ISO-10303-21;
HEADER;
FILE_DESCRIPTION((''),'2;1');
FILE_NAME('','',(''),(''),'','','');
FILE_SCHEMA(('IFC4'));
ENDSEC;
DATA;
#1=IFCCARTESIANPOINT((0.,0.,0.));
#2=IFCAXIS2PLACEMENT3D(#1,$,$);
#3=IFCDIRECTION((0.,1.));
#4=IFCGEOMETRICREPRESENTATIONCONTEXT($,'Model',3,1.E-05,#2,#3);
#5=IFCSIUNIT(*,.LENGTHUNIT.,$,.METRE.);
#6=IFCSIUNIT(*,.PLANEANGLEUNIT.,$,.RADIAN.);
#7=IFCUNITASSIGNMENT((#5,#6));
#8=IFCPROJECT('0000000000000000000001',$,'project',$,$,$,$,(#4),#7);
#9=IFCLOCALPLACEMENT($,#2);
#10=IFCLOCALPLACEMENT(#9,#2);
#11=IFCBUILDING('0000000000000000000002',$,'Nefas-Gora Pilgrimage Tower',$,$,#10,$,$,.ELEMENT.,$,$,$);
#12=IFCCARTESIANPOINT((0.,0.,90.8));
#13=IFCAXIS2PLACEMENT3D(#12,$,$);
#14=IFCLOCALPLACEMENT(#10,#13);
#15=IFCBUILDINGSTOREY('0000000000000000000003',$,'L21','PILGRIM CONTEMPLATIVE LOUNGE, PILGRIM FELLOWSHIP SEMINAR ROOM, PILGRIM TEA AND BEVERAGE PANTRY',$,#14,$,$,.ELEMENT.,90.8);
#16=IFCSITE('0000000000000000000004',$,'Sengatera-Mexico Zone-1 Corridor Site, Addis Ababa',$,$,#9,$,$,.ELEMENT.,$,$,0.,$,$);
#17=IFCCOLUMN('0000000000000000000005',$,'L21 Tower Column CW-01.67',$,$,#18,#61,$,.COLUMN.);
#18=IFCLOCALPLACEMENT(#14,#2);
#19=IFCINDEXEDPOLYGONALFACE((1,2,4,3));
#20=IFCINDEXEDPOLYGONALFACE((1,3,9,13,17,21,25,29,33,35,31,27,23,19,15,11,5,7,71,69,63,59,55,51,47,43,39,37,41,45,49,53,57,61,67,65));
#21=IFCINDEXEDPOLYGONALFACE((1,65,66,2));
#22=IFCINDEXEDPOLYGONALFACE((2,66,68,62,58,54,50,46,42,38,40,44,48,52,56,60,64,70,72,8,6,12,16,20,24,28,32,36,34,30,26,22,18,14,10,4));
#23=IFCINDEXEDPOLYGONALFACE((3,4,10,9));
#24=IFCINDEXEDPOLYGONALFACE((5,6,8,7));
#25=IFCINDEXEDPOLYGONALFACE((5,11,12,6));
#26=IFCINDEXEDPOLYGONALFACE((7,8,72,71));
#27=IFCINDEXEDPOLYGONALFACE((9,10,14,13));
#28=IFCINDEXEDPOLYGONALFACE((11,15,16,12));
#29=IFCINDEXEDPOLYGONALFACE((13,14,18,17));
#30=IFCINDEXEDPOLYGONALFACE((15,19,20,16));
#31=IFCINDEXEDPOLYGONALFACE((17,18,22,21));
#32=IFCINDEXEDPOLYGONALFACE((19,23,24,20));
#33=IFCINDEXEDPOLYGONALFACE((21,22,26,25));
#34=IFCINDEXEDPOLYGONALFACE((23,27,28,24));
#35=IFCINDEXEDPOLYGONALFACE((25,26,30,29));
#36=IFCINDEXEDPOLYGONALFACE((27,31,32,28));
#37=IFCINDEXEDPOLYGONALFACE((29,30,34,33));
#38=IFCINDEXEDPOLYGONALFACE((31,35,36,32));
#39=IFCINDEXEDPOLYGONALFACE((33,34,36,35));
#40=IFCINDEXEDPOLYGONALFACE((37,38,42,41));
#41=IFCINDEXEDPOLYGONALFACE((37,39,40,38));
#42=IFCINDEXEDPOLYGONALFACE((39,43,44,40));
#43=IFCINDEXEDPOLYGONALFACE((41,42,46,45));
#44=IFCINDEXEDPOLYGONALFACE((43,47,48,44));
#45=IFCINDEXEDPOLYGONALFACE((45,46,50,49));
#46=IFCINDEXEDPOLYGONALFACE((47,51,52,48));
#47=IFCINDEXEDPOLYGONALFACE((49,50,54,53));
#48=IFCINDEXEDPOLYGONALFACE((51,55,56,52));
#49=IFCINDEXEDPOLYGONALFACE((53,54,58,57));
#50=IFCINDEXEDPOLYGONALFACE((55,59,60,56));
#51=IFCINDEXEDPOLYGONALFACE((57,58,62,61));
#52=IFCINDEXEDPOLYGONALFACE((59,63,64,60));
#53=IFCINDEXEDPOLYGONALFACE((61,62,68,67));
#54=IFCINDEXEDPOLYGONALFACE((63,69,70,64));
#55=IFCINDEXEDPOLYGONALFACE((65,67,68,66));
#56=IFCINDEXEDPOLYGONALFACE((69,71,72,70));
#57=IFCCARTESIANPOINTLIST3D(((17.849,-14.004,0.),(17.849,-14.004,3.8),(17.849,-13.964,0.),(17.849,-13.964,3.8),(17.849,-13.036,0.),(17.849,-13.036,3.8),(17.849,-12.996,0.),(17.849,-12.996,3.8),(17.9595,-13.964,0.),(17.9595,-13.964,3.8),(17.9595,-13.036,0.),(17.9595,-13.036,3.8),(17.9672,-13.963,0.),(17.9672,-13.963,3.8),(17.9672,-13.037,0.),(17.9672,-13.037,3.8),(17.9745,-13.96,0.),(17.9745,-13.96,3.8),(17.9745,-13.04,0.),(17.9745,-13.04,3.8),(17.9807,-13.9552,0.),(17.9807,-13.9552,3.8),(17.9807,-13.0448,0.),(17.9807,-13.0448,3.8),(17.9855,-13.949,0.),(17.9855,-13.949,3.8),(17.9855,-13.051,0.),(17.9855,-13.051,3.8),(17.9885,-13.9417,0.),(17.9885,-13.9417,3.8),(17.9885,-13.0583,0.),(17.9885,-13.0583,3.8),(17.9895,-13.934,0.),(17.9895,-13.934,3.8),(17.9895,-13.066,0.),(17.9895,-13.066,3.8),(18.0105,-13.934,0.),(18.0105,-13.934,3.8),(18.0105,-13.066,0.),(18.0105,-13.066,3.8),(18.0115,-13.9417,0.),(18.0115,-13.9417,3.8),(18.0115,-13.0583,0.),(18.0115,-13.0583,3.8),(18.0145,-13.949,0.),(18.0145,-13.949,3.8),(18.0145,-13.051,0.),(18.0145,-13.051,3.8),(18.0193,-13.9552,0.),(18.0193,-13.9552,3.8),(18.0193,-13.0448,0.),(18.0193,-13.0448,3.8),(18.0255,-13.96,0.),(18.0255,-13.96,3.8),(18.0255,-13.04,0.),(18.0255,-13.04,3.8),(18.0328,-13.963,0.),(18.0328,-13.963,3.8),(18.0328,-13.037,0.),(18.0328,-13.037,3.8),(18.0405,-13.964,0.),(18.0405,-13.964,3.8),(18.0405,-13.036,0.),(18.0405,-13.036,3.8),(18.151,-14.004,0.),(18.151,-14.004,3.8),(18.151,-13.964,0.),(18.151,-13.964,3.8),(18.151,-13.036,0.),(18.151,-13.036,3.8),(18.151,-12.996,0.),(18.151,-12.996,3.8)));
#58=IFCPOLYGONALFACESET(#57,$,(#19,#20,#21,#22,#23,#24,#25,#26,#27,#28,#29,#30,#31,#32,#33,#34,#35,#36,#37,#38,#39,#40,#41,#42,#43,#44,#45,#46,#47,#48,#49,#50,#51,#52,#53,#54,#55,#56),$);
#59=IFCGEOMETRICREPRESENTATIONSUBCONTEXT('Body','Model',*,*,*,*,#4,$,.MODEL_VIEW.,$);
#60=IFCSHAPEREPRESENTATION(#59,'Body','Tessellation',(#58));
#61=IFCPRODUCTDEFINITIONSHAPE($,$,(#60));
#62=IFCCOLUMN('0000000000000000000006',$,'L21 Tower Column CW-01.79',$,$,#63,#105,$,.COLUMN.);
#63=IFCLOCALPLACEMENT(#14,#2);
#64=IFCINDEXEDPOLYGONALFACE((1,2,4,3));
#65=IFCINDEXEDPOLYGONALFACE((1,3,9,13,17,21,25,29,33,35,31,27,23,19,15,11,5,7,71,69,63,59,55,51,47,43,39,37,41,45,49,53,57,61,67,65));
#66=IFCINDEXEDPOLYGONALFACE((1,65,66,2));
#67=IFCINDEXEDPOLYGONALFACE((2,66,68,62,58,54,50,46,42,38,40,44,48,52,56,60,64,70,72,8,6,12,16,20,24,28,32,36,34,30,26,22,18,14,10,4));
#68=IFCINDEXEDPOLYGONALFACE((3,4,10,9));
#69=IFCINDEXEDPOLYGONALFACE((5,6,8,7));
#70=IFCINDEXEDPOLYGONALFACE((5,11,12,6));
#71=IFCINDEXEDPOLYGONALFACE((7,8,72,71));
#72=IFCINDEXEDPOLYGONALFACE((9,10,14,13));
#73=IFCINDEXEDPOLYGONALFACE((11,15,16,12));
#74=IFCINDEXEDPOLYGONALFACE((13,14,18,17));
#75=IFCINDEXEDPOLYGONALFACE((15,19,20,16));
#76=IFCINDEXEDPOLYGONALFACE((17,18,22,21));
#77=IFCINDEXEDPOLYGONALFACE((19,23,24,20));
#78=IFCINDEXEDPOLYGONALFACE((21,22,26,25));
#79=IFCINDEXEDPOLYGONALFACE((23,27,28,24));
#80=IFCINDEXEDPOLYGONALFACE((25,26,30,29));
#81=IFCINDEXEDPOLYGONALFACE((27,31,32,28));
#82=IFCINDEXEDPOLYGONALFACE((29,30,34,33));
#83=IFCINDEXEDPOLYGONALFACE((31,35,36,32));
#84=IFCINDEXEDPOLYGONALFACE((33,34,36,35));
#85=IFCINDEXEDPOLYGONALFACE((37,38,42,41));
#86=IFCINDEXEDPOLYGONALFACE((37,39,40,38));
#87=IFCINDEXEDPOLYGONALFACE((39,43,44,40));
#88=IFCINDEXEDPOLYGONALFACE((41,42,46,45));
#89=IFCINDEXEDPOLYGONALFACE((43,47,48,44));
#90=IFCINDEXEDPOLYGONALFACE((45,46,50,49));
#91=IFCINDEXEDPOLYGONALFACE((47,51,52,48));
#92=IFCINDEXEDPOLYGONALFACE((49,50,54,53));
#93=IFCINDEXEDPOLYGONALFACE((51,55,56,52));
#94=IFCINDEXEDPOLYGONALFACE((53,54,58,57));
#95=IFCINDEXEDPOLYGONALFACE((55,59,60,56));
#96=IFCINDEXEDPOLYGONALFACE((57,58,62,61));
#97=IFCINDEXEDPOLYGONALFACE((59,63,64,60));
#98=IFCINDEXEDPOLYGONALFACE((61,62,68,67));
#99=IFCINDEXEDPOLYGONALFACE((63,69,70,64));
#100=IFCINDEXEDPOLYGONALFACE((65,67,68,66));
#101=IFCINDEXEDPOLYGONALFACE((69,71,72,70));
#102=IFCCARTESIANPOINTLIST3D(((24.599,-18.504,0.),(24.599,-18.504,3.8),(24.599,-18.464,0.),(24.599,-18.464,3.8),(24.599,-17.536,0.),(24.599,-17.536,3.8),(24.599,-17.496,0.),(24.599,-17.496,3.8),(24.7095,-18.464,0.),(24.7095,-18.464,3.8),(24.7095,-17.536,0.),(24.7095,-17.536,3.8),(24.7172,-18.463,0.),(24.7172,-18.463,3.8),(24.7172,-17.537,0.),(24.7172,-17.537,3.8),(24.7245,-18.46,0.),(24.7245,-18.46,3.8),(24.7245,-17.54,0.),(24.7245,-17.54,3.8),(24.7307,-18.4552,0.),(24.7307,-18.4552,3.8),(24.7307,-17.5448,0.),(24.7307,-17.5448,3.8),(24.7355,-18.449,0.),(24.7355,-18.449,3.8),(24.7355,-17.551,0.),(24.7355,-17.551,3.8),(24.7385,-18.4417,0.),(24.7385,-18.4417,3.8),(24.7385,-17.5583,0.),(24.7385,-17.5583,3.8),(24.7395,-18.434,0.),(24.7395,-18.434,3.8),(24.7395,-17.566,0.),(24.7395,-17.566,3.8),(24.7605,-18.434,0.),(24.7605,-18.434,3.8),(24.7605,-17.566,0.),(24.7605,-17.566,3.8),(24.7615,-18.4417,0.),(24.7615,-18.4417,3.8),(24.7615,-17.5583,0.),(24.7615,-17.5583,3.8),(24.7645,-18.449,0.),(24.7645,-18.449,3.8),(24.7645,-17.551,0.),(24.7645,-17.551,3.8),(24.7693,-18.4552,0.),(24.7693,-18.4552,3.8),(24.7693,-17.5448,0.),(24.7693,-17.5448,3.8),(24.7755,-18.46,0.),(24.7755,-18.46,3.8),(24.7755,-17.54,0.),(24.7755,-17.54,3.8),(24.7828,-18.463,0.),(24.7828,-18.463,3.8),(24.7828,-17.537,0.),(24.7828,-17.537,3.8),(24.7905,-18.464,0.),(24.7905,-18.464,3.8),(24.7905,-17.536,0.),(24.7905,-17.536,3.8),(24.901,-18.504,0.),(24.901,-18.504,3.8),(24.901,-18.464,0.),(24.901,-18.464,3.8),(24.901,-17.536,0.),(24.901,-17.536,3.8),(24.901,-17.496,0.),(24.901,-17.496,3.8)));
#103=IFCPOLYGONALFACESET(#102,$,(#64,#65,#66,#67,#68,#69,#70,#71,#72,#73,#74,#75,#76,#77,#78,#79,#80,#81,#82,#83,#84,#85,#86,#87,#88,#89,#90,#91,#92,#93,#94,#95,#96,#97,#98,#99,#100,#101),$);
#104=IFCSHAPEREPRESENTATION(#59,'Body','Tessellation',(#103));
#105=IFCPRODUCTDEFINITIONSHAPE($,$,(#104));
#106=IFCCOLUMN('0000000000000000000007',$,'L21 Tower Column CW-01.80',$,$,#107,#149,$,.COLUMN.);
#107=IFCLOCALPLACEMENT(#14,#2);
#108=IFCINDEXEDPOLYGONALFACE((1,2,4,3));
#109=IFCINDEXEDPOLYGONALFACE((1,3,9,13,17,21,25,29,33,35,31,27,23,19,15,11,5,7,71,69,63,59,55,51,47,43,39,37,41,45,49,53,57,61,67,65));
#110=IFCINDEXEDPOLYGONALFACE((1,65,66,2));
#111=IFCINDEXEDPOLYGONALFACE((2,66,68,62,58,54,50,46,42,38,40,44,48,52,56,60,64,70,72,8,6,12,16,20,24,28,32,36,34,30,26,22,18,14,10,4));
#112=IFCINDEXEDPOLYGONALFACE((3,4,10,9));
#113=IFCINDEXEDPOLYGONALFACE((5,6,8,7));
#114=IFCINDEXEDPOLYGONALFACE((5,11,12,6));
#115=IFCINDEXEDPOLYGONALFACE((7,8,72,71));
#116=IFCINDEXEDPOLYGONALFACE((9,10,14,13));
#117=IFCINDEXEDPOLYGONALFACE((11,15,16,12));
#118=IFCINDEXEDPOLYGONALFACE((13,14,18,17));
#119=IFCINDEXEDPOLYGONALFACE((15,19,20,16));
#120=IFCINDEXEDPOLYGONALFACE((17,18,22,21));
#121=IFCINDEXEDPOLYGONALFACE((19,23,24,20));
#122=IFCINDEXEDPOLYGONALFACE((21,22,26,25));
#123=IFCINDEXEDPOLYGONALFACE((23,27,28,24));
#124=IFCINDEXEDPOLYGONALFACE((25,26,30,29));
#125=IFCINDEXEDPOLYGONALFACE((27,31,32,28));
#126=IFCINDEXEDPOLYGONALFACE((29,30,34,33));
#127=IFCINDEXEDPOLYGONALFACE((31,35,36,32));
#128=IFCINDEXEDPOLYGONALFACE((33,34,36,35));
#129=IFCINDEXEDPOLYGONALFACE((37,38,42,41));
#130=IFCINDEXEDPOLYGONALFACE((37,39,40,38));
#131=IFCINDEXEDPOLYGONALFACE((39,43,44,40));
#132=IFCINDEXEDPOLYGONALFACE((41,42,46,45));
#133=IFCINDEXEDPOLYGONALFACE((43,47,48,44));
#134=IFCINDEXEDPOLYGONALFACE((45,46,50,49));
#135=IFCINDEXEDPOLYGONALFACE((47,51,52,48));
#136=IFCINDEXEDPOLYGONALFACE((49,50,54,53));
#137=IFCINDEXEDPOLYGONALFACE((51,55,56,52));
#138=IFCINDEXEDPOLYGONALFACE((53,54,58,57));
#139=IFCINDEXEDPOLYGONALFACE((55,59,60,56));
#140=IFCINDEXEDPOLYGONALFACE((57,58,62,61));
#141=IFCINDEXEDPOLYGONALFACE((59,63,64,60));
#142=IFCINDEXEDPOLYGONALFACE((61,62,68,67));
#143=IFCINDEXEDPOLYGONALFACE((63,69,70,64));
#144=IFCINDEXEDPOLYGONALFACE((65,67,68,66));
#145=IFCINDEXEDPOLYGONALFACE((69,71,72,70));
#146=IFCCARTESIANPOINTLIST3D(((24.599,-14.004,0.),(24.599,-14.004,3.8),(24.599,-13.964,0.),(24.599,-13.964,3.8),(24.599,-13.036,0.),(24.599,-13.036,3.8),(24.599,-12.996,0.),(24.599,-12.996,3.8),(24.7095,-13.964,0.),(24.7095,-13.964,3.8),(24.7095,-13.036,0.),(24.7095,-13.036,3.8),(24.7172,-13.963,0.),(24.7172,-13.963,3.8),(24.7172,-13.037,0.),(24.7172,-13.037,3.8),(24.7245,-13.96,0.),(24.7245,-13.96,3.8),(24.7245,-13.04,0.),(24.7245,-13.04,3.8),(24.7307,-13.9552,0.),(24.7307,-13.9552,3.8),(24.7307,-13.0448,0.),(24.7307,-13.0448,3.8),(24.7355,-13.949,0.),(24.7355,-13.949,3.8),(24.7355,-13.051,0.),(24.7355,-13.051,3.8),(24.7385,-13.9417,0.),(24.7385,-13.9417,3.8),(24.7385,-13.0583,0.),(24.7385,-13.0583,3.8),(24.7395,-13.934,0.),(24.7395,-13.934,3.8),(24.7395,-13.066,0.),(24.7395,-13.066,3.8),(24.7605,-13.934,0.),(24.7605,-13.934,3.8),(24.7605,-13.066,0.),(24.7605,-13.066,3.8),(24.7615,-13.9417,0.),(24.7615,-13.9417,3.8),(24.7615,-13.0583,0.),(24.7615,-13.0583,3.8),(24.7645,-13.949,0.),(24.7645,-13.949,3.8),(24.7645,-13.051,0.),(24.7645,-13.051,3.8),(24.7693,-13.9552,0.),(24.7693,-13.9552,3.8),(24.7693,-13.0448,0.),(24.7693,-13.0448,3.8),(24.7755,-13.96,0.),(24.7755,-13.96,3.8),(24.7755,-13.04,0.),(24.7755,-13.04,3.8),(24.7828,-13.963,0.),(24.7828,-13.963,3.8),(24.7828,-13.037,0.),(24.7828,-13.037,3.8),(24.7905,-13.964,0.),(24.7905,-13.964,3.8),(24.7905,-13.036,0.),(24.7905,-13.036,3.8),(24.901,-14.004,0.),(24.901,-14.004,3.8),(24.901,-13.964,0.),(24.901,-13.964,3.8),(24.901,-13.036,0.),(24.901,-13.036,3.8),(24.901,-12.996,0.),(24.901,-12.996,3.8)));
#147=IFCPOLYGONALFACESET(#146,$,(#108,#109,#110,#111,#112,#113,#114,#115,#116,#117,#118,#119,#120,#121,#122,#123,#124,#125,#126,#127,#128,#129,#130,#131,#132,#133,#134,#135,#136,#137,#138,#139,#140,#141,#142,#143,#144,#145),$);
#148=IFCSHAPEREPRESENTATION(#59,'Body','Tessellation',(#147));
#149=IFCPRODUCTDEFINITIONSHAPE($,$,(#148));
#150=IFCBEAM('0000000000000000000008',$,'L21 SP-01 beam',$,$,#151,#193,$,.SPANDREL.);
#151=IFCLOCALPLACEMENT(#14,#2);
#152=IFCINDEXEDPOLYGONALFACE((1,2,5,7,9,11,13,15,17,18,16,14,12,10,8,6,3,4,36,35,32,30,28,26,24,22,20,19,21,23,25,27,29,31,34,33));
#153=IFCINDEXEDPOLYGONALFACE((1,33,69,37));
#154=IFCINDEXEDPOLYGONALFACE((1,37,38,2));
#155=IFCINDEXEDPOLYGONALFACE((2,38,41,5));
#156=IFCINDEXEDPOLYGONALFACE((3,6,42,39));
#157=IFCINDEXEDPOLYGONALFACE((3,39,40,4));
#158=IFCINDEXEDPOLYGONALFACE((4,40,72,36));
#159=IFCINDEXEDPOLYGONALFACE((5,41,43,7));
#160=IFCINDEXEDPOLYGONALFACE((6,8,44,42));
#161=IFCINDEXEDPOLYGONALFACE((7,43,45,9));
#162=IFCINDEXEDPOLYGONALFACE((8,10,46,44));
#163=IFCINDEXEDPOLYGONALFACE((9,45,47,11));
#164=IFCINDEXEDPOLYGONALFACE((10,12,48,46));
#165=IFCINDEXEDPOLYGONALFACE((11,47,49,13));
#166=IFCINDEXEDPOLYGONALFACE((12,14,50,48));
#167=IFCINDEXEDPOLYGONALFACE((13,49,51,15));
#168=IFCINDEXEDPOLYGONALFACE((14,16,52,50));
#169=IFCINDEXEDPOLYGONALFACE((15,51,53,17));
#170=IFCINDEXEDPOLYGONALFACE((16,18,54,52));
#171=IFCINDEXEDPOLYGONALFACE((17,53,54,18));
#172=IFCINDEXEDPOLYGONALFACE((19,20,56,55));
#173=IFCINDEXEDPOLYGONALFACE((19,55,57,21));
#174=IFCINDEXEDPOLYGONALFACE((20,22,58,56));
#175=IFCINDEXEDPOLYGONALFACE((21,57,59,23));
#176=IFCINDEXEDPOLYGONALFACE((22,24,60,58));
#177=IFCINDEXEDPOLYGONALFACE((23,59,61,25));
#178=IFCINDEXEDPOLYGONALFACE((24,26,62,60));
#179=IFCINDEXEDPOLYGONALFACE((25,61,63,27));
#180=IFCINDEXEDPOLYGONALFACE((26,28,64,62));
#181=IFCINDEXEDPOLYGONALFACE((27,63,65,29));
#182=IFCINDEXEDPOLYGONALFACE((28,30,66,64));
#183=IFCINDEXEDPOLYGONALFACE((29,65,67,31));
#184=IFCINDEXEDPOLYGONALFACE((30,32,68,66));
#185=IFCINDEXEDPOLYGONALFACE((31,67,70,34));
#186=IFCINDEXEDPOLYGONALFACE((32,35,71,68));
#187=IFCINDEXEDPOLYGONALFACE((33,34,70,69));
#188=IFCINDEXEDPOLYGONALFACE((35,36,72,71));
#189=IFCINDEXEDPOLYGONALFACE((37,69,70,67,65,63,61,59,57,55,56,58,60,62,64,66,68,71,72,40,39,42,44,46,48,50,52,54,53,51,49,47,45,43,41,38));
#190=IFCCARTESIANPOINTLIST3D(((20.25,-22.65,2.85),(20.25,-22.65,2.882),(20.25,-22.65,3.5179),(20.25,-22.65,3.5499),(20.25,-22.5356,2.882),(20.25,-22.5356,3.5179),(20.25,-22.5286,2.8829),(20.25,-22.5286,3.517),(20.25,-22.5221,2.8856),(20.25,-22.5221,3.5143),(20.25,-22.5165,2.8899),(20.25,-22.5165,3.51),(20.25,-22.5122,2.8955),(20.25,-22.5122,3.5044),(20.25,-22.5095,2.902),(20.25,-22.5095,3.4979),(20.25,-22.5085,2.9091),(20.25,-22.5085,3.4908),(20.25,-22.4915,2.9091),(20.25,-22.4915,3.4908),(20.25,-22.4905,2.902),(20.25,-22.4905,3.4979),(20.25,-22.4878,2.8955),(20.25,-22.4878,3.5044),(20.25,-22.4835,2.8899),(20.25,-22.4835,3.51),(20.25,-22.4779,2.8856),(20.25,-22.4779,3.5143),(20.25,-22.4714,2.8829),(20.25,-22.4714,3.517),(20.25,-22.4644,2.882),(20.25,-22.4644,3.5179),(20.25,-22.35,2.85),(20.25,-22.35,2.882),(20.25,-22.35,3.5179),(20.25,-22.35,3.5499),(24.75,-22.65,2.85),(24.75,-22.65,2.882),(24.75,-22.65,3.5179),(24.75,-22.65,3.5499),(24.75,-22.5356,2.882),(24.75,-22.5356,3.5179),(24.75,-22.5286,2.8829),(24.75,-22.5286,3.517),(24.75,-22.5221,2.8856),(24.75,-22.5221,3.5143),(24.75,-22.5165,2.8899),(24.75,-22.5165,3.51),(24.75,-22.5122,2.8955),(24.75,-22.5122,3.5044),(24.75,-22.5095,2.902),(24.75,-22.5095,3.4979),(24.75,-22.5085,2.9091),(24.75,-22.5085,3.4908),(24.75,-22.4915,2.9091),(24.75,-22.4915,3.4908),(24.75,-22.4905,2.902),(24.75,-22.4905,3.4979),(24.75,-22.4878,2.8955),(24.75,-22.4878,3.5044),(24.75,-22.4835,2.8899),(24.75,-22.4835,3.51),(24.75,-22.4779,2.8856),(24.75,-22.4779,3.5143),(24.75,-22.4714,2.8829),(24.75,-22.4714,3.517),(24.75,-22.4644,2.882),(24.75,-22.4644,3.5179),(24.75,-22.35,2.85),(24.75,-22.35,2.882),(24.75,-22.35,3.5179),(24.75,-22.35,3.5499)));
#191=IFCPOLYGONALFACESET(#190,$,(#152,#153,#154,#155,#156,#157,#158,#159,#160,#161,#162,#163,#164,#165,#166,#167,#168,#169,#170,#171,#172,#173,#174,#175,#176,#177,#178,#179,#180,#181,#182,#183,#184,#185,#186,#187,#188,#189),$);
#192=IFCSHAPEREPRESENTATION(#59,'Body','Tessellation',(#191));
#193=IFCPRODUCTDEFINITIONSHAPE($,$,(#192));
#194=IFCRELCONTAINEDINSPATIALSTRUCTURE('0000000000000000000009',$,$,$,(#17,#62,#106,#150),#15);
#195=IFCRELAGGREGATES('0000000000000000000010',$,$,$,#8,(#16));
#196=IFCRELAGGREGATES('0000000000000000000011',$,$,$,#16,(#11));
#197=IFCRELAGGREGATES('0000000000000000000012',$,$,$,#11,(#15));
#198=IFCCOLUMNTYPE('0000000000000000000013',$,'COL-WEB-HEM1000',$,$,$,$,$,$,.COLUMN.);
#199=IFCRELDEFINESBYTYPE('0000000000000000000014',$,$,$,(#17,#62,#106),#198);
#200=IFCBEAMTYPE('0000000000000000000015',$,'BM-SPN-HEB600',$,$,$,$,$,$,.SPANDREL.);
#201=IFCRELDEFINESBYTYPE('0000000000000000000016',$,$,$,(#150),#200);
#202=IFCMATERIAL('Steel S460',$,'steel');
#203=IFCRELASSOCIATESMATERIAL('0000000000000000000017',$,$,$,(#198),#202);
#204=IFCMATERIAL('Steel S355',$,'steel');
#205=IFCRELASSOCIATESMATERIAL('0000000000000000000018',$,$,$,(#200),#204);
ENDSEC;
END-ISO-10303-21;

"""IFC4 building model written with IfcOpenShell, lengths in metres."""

from ifc_helpers import new_model, si_unit, direction, frame, origin, origin_2d, place, context, subcontext, project, spatial, i_section, extrude, source, transform, mapped, material, material_profile, profile_set, type_object, element, save


model = new_model("IFC4")

# Units and contexts
model_context = context("Model", 3, precision=1e-05, world=origin(), true_north=direction((0.0, 1.0)))
body_context = subcontext(model_context, "Body", "Model", "MODEL_VIEW")
ifc_project = project(units=[si_unit("LENGTHUNIT", "METRE"), si_unit("PLANEANGLEUNIT", "RADIAN")], contexts=[model_context])

# Site, building, storey
site_placement = place(None, origin())
site = spatial("IfcSite", under=ifc_project, at=site_placement, Name="Sengatera-Mexico Zone-1 Corridor Site, Addis Ababa", CompositionType="ELEMENT", RefElevation=0.0)
building_placement = place(site_placement, origin())
building = spatial("IfcBuilding", under=site, at=building_placement, Name="Nefas-Gora Pilgrimage Tower", CompositionType="ELEMENT")
storey_placement = place(building_placement, frame((0.0, 0.0, 90.8)))
storey = spatial("IfcBuildingStorey", under=building, at=storey_placement, Name="L21", Description="PILGRIM CONTEMPLATIVE LOUNGE, PILGRIM FELLOWSHIP SEMINAR ROOM, PILGRIM TEA AND BEVERAGE PANTRY", CompositionType="ELEMENT", Elevation=90.8)

# Columns
ifc_material_1 = material(Name="Steel S460", Category="steel")
ifc_material_profile_1 = material_profile(ifc_material_1, i_section(OverallWidth=0.302, OverallDepth=1.0081, WebThickness=0.021, FlangeThickness=0.04, FilletRadius=0.03, at=origin_2d()), Name="HEM 1000")
ifc_profile_set_1 = profile_set([ifc_material_profile_1], Name="Steel S460")
column_type_1 = type_object("IfcColumnType", Name="COL-WEB-HEM1000", PredefinedType="COLUMN", material=ifc_profile_set_1)
shared_shape_1 = source(origin(), body_context, "Body", "SweptSolid", [
    extrude(i_section(OverallWidth=0.302, OverallDepth=1.0081, WebThickness=0.021, FlangeThickness=0.04, FilletRadius=0.03, at=origin_2d()), origin(), (0.0, 0.0, 1.0), 3.8),
])
for number, where, z_axis, x_axis, name in (
    (1, (18.0, -13.5, 0.0), (0.0, 0.0, 1.0), (1.0, 0.0, 0.0), "L21 Tower Column CW-01.67"),
    (2, (24.75, -18.0, 0.0), (0.0, 0.0, 1.0), (1.0, 0.0, 0.0), "L21 Tower Column CW-01.79"),
    (3, (24.75, -13.5, 0.0), (0.0, 0.0, 1.0), (1.0, 0.0, 0.0), "L21 Tower Column CW-01.80"),
):
    element("IfcColumn", number, at=place(storey_placement, frame(where, z_axis=z_axis, x_axis=x_axis)), inside=storey, type_object=column_type_1, Name=name, PredefinedType="COLUMN", context=body_context, shape_type="MappedRepresentation", body=[
        mapped(shared_shape_1, transform((0.0, 0.0, 0.0), x_axis=(1.0, 0.0, 0.0), y_axis=(0.0, 1.0, 0.0), z_axis=(0.0, 0.0, 1.0), scale=1.0)),
    ])

# Beam
ifc_material_2 = material(Name="Steel S355", Category="steel")
ifc_material_profile_2 = material_profile(ifc_material_2, i_section(OverallWidth=0.3, OverallDepth=0.7, WebThickness=0.0171, FlangeThickness=0.032, FilletRadius=0.0271, at=origin_2d()), Name="HEB 700")
ifc_profile_set_2 = profile_set([ifc_material_profile_2], Name="Steel S355")
beam_type_1 = type_object("IfcBeamType", Name="BM-SPN-HEB600", PredefinedType="SPANDREL", material=ifc_profile_set_2)
shared_shape_2 = source(origin(), body_context, "Body", "SweptSolid", [
    extrude(i_section(OverallWidth=0.3, OverallDepth=0.7, WebThickness=0.0171, FlangeThickness=0.032, FilletRadius=0.0271, at=origin_2d()), origin(), (0.0, 0.0, 1.0), 4.5),
])
for number, where, z_axis, x_axis, name in (
    (4, (20.25, -22.5, 3.2), (1.0, 0.0, 0.0), (0.0, 1.0, 0.0), "L21 SP-01 beam"),
):
    element("IfcBeam", number, at=place(storey_placement, frame(where, z_axis=z_axis, x_axis=x_axis)), inside=storey, type_object=beam_type_1, Name=name, PredefinedType="SPANDREL", context=body_context, shape_type="MappedRepresentation", body=[
        mapped(shared_shape_2, transform((0.0, 0.0, 0.0), x_axis=(1.0, 0.0, 0.0), y_axis=(0.0, 1.0, 0.0), z_axis=(0.0, 0.0, 1.0), scale=1.0)),
    ])

save(model, "model.ifc")
